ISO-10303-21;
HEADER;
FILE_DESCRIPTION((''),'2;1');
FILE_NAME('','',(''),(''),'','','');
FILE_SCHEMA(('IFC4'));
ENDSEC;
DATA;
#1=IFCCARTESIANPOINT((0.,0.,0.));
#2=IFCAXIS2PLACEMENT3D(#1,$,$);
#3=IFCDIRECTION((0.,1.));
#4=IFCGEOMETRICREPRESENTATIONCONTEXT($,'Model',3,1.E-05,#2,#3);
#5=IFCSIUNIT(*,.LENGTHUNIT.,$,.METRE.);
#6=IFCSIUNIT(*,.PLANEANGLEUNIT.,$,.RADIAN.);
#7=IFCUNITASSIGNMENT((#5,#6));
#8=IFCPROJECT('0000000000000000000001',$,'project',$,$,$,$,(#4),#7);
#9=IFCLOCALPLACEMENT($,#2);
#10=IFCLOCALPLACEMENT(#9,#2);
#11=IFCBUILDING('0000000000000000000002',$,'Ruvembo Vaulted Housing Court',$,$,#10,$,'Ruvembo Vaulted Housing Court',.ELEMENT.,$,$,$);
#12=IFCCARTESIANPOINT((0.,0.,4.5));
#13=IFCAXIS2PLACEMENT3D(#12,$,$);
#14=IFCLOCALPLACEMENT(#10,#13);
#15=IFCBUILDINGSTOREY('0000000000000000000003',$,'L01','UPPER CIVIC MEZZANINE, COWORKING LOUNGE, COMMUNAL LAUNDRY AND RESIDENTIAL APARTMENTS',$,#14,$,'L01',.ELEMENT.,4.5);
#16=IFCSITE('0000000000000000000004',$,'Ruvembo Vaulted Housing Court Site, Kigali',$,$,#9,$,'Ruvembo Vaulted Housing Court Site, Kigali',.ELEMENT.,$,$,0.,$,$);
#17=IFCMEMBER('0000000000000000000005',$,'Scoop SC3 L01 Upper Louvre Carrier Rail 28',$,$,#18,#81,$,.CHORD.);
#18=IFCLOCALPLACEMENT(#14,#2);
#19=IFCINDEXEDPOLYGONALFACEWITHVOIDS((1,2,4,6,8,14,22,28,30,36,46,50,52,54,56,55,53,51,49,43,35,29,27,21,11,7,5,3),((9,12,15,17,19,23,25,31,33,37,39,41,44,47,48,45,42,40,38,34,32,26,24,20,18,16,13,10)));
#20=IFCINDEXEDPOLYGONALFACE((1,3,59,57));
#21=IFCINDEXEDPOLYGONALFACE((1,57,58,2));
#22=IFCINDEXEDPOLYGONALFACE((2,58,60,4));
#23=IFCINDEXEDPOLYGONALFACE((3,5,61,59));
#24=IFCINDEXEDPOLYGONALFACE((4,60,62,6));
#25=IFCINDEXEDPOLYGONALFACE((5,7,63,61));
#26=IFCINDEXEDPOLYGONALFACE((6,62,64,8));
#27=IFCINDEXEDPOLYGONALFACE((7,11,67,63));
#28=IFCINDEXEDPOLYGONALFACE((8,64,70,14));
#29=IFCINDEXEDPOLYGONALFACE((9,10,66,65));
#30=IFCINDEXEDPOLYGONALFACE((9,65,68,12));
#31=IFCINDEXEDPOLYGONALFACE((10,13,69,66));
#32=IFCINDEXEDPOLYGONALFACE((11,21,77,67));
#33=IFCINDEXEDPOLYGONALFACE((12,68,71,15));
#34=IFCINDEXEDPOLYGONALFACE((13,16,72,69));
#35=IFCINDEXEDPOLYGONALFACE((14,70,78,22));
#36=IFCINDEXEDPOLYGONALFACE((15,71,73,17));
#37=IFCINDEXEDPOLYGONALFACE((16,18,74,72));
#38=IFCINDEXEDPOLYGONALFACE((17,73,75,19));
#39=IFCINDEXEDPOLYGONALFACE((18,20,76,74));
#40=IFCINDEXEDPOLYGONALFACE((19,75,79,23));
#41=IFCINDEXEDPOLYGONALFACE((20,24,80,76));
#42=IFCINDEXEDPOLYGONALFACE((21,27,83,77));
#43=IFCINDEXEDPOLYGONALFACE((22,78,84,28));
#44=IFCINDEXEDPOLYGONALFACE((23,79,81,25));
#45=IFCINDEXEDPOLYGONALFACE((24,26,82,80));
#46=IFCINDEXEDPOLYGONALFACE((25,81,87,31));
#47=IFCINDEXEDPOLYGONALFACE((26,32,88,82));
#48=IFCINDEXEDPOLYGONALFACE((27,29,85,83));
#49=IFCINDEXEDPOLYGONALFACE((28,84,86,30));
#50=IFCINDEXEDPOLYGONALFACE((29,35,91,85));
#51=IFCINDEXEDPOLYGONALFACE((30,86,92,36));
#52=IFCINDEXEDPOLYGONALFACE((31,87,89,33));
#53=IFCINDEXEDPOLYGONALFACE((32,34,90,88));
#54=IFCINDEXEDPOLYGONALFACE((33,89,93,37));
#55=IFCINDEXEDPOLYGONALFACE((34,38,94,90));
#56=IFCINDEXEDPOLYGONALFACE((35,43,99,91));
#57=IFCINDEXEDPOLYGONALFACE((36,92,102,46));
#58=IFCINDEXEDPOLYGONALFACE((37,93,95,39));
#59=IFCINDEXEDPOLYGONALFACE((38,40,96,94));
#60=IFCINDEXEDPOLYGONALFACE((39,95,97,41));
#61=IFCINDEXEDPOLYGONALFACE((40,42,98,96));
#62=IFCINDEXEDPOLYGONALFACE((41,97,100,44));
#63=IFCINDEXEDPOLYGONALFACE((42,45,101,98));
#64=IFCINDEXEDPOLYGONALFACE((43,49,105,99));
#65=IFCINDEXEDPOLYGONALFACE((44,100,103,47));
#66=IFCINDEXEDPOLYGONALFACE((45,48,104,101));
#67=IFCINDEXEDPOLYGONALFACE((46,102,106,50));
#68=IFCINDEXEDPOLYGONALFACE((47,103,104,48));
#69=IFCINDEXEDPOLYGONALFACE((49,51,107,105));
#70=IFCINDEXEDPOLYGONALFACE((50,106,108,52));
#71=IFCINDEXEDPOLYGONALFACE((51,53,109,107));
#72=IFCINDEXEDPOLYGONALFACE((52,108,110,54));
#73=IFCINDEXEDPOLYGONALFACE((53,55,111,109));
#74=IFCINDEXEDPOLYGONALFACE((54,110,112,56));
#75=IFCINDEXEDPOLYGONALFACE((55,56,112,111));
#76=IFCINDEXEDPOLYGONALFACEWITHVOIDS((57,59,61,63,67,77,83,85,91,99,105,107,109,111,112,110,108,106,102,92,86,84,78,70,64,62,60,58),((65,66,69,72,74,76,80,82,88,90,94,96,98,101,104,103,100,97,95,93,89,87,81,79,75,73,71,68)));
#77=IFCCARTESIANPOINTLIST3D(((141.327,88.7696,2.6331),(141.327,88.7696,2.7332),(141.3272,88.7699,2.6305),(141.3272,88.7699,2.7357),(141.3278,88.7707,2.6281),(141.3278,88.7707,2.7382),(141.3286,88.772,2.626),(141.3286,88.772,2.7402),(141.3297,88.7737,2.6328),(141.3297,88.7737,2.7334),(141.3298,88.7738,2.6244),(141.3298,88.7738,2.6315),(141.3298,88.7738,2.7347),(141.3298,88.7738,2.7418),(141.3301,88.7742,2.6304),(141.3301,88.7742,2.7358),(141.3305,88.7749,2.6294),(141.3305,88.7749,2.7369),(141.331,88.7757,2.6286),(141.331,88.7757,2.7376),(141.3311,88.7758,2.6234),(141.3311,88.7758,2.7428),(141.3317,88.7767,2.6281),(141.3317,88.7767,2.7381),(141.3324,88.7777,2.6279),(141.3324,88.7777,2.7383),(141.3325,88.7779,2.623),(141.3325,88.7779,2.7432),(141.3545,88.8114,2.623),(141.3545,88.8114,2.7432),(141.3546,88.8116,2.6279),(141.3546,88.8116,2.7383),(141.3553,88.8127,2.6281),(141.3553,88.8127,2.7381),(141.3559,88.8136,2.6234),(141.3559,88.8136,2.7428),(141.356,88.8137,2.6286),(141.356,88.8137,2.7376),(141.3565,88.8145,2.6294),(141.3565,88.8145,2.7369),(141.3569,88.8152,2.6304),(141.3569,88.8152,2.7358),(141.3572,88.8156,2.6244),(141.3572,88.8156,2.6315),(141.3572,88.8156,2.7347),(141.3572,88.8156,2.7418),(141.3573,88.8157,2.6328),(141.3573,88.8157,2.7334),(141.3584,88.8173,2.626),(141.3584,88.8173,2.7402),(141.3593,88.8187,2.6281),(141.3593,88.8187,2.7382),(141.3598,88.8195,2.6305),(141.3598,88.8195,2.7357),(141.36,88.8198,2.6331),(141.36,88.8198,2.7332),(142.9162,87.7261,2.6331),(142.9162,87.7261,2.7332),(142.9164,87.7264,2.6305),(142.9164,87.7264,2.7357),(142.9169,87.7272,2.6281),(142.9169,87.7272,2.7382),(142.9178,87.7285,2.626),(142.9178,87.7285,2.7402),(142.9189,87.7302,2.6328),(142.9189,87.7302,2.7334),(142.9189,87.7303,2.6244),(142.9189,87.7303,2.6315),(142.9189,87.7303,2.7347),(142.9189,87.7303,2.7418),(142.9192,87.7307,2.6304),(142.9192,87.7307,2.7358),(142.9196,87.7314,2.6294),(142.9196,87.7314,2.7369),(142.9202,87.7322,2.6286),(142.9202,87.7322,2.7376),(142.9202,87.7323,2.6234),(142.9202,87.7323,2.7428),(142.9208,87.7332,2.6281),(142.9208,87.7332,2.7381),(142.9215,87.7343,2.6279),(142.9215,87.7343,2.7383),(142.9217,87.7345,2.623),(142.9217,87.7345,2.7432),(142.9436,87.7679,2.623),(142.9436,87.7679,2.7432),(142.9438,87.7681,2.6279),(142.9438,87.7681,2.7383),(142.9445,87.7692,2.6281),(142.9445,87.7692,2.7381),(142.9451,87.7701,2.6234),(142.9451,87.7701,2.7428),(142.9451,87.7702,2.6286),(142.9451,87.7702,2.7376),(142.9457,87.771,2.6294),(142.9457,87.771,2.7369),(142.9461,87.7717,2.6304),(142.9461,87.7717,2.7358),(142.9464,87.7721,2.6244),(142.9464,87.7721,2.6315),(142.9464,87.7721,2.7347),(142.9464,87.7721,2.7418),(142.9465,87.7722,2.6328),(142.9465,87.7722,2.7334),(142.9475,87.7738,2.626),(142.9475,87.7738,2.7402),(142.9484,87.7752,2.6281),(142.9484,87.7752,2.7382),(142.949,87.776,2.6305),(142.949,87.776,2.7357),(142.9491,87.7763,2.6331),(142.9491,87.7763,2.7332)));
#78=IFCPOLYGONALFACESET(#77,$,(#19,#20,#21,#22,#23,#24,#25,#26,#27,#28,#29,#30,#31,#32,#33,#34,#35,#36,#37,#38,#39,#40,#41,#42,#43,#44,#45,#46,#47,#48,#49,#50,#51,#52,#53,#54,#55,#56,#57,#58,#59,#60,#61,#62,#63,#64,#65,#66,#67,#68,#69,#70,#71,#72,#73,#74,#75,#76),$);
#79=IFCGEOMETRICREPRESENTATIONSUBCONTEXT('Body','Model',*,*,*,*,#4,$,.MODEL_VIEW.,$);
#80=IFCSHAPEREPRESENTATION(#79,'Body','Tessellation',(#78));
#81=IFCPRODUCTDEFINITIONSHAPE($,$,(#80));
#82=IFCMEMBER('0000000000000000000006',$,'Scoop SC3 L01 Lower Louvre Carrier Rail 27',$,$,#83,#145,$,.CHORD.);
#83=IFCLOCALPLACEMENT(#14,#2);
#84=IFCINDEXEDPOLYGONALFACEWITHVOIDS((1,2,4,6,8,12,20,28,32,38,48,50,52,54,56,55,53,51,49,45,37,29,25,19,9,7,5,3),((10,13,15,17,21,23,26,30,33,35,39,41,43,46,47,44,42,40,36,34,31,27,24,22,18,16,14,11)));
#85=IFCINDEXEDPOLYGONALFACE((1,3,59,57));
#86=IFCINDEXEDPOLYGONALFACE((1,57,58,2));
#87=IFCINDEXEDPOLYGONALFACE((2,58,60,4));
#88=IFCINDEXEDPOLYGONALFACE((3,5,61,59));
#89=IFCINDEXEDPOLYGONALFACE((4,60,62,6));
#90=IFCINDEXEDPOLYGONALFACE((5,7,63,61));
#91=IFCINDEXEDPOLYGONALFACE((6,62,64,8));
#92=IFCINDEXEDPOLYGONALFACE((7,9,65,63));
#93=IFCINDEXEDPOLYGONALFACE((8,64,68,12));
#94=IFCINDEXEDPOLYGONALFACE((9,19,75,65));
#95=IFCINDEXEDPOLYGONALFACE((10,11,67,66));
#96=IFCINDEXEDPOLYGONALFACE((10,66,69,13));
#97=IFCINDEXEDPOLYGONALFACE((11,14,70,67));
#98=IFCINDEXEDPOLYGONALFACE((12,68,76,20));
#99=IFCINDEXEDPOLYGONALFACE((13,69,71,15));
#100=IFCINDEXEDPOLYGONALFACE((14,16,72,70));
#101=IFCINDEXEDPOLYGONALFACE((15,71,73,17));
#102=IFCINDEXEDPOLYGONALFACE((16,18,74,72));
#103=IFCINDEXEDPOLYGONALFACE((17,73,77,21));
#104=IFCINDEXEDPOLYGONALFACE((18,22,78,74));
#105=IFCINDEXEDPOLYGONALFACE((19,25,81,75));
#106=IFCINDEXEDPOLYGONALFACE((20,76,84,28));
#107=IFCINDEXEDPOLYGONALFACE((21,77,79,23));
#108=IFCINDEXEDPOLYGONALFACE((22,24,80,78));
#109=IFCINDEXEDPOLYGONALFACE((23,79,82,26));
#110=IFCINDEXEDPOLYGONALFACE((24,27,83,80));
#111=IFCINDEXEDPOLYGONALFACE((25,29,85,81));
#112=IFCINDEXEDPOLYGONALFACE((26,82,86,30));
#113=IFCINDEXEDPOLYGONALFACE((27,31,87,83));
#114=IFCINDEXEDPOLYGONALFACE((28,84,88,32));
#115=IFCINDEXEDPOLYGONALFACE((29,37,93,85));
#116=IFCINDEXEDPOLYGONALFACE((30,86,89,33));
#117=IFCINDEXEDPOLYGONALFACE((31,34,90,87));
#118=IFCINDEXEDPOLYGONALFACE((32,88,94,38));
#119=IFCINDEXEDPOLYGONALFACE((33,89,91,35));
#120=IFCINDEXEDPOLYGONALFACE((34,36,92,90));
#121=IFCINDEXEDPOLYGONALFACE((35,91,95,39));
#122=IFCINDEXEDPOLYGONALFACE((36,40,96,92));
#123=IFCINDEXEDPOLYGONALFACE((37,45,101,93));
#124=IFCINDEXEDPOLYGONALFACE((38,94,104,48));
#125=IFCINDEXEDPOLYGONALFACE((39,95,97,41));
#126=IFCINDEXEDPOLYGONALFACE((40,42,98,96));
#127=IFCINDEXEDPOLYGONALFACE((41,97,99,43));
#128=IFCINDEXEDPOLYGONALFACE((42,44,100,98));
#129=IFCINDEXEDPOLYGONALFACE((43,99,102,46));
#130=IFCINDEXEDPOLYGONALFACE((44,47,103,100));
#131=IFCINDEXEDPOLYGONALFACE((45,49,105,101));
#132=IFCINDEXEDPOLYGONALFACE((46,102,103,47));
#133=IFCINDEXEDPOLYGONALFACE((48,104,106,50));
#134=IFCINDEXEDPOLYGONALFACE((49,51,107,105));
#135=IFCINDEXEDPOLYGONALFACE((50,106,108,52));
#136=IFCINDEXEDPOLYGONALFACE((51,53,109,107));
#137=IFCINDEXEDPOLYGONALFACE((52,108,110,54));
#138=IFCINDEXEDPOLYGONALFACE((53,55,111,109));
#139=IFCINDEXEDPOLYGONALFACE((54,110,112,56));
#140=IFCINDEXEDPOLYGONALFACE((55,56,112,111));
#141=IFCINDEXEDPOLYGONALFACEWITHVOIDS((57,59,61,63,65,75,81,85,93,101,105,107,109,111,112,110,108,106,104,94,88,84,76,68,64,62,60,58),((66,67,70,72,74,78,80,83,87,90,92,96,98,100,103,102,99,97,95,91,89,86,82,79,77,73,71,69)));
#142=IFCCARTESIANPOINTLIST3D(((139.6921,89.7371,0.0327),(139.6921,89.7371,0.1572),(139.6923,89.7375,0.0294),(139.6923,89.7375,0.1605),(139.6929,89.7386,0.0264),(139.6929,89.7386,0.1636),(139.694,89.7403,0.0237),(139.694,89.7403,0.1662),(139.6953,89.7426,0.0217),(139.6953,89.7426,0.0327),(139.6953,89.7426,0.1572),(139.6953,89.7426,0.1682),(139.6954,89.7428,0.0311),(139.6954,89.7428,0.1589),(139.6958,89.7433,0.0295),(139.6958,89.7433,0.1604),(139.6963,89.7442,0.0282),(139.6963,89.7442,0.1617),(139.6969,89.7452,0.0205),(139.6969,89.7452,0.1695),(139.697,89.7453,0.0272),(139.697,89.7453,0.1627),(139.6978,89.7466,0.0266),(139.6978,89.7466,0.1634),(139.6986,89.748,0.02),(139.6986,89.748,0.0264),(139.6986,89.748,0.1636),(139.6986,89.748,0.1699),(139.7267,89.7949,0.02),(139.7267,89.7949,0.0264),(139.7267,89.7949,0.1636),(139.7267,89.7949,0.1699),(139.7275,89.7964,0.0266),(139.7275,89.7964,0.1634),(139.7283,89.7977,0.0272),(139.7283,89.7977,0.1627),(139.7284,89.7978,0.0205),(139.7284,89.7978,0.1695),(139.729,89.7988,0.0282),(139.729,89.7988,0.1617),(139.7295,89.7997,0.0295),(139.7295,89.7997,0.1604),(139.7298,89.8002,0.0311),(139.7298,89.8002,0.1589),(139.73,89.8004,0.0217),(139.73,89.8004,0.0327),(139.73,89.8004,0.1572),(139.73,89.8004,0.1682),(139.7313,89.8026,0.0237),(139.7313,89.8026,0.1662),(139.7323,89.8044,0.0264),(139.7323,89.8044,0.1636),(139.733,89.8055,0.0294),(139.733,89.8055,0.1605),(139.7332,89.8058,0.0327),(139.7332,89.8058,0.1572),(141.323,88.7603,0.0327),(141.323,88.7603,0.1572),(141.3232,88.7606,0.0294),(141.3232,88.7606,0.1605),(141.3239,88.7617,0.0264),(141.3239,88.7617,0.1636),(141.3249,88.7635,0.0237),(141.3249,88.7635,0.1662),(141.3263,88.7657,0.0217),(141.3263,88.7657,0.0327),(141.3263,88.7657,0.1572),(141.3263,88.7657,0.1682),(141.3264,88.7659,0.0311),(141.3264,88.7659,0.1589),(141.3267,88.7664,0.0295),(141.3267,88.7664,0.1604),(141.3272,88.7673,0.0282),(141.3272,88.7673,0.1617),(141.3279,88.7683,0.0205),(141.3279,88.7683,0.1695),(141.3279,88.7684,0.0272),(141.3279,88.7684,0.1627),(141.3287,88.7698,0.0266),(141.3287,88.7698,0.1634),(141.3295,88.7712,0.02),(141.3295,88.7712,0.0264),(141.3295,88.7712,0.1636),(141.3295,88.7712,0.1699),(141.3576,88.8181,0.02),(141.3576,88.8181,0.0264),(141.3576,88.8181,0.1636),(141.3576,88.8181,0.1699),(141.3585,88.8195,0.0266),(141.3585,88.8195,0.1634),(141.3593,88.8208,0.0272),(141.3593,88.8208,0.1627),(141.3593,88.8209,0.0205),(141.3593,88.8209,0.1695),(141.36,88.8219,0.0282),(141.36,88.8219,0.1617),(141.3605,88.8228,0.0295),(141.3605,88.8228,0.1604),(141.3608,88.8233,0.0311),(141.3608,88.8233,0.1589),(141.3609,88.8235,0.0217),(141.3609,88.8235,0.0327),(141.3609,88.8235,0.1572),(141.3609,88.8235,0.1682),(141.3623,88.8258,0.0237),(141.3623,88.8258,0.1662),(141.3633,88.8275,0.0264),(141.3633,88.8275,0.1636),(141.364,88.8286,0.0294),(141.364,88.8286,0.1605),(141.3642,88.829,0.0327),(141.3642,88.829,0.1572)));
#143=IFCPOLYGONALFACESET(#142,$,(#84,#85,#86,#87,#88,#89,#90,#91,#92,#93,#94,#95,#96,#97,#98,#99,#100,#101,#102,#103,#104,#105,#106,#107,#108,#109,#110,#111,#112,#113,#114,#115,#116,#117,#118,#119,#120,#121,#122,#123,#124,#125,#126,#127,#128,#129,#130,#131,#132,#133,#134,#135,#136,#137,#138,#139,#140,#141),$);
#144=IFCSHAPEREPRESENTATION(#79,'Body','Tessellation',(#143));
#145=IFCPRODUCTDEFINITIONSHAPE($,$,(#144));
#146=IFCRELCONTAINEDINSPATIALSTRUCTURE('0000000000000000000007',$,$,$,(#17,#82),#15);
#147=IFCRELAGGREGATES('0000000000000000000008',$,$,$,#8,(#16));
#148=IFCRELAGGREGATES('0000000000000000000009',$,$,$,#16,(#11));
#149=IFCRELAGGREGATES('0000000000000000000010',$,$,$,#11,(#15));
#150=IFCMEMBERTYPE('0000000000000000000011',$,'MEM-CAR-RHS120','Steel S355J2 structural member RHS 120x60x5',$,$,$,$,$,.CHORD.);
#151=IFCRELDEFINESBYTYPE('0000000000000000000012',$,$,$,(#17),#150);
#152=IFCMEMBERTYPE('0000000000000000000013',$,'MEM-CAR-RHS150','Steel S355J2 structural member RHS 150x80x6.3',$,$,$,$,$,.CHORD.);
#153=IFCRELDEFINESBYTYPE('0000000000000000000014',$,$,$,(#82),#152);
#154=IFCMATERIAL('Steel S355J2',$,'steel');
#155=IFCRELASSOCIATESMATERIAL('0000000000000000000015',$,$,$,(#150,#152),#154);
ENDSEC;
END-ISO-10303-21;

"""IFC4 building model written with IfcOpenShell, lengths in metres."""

from ifc_helpers import new_model, si_unit, direction, frame, origin, origin_2d, place, context, subcontext, project, spatial, hollow_rectangle, extrude, material, material_profile, profile_set, type_object, element, save


model = new_model("IFC4")

# Units and contexts
model_context = context("Model", 3, precision=1e-05, world=origin(), true_north=direction((0.0, 1.0)))
body_context = subcontext(model_context, "Body", "Model", "MODEL_VIEW")
ifc_project = project(units=[si_unit("LENGTHUNIT", "METRE"), si_unit("PLANEANGLEUNIT", "RADIAN")], contexts=[model_context])

# Site, building, storey
site_placement = place(None, origin())
site = spatial("IfcSite", under=ifc_project, at=site_placement, Name="Ruvembo Vaulted Housing Court Site, Kigali", LongName="Ruvembo Vaulted Housing Court Site, Kigali", CompositionType="ELEMENT", RefElevation=0.0)
building_placement = place(site_placement, origin())
building = spatial("IfcBuilding", under=site, at=building_placement, Name="Ruvembo Vaulted Housing Court", LongName="Ruvembo Vaulted Housing Court", CompositionType="ELEMENT")
storey_placement = place(building_placement, frame((0.0, 0.0, 4.5)))
storey = spatial("IfcBuildingStorey", under=building, at=storey_placement, Name="L01", Description="UPPER CIVIC MEZZANINE, COWORKING LOUNGE, COMMUNAL LAUNDRY AND RESIDENTIAL APARTMENTS", LongName="L01", CompositionType="ELEMENT", Elevation=4.5)

# Shared definitions
ifc_material_1 = material(Name="Steel S355J2", Category="steel")

# Members
ifc_material_profile_1 = material_profile(ifc_material_1, hollow_rectangle(XDim=0.0601, YDim=0.1201, WallThickness=0.0049, InnerFilletRadius=0.0049, OuterFilletRadius=0.01, at=origin_2d()), Name="RHS 120x60x5")
ifc_profile_set_1 = profile_set([ifc_material_profile_1], Name="Steel S355J2")
member_type_1 = type_object("IfcMemberType", Name="MEM-CAR-RHS120", Description="Steel S355J2 structural member RHS 120x60x5", PredefinedType="CHORD", material=ifc_profile_set_1)
for number, where, z_axis, x_axis, name in (
    (1, (141.3435, 88.7947, 2.6831), (0.835902, -0.548878, 0.0), (0.548878, 0.835902, 0.0), "Scoop SC3 L01 Upper Louvre Carrier Rail 28"),
):
    element("IfcMember", number, at=place(storey_placement, frame(where, z_axis=z_axis, x_axis=x_axis)), inside=storey, type_object=member_type_1, Name=name, PredefinedType="CHORD", context=body_context, shape_type="SweptSolid", body=[
        extrude(hollow_rectangle(XDim=0.0601, YDim=0.1201, WallThickness=0.0049, InnerFilletRadius=0.0049, OuterFilletRadius=0.01, at=origin_2d()), origin(), (0.0, 0.0, 1.0), 1.9011),
    ])
ifc_material_profile_2 = material_profile(ifc_material_1, hollow_rectangle(XDim=0.0801, YDim=0.1499, WallThickness=0.0063, InnerFilletRadius=0.0063, OuterFilletRadius=0.0127, at=origin_2d()), Name="RHS 150x80x6.3")
ifc_profile_set_2 = profile_set([ifc_material_profile_2], Name="Steel S355J2")
member_type_2 = type_object("IfcMemberType", Name="MEM-CAR-RHS150", Description="Steel S355J2 structural member RHS 150x80x6.3", PredefinedType="CHORD", material=ifc_profile_set_2)
for number, where, z_axis, x_axis, name in (
    (2, (139.7126, 89.7715, 0.095), (0.857889, -0.513835, 0.0), (0.513835, 0.857889, 0.0), "Scoop SC3 L01 Lower Louvre Carrier Rail 27"),
):
    element("IfcMember", number, at=place(storey_placement, frame(where, z_axis=z_axis, x_axis=x_axis)), inside=storey, type_object=member_type_2, Name=name, PredefinedType="CHORD", context=body_context, shape_type="SweptSolid", body=[
        extrude(hollow_rectangle(XDim=0.0801, YDim=0.1499, WallThickness=0.0063, InnerFilletRadius=0.0063, OuterFilletRadius=0.0127, at=origin_2d()), origin(), (0.0, 0.0, 1.0), 1.9011),
    ])

save(model, "model.ifc")
